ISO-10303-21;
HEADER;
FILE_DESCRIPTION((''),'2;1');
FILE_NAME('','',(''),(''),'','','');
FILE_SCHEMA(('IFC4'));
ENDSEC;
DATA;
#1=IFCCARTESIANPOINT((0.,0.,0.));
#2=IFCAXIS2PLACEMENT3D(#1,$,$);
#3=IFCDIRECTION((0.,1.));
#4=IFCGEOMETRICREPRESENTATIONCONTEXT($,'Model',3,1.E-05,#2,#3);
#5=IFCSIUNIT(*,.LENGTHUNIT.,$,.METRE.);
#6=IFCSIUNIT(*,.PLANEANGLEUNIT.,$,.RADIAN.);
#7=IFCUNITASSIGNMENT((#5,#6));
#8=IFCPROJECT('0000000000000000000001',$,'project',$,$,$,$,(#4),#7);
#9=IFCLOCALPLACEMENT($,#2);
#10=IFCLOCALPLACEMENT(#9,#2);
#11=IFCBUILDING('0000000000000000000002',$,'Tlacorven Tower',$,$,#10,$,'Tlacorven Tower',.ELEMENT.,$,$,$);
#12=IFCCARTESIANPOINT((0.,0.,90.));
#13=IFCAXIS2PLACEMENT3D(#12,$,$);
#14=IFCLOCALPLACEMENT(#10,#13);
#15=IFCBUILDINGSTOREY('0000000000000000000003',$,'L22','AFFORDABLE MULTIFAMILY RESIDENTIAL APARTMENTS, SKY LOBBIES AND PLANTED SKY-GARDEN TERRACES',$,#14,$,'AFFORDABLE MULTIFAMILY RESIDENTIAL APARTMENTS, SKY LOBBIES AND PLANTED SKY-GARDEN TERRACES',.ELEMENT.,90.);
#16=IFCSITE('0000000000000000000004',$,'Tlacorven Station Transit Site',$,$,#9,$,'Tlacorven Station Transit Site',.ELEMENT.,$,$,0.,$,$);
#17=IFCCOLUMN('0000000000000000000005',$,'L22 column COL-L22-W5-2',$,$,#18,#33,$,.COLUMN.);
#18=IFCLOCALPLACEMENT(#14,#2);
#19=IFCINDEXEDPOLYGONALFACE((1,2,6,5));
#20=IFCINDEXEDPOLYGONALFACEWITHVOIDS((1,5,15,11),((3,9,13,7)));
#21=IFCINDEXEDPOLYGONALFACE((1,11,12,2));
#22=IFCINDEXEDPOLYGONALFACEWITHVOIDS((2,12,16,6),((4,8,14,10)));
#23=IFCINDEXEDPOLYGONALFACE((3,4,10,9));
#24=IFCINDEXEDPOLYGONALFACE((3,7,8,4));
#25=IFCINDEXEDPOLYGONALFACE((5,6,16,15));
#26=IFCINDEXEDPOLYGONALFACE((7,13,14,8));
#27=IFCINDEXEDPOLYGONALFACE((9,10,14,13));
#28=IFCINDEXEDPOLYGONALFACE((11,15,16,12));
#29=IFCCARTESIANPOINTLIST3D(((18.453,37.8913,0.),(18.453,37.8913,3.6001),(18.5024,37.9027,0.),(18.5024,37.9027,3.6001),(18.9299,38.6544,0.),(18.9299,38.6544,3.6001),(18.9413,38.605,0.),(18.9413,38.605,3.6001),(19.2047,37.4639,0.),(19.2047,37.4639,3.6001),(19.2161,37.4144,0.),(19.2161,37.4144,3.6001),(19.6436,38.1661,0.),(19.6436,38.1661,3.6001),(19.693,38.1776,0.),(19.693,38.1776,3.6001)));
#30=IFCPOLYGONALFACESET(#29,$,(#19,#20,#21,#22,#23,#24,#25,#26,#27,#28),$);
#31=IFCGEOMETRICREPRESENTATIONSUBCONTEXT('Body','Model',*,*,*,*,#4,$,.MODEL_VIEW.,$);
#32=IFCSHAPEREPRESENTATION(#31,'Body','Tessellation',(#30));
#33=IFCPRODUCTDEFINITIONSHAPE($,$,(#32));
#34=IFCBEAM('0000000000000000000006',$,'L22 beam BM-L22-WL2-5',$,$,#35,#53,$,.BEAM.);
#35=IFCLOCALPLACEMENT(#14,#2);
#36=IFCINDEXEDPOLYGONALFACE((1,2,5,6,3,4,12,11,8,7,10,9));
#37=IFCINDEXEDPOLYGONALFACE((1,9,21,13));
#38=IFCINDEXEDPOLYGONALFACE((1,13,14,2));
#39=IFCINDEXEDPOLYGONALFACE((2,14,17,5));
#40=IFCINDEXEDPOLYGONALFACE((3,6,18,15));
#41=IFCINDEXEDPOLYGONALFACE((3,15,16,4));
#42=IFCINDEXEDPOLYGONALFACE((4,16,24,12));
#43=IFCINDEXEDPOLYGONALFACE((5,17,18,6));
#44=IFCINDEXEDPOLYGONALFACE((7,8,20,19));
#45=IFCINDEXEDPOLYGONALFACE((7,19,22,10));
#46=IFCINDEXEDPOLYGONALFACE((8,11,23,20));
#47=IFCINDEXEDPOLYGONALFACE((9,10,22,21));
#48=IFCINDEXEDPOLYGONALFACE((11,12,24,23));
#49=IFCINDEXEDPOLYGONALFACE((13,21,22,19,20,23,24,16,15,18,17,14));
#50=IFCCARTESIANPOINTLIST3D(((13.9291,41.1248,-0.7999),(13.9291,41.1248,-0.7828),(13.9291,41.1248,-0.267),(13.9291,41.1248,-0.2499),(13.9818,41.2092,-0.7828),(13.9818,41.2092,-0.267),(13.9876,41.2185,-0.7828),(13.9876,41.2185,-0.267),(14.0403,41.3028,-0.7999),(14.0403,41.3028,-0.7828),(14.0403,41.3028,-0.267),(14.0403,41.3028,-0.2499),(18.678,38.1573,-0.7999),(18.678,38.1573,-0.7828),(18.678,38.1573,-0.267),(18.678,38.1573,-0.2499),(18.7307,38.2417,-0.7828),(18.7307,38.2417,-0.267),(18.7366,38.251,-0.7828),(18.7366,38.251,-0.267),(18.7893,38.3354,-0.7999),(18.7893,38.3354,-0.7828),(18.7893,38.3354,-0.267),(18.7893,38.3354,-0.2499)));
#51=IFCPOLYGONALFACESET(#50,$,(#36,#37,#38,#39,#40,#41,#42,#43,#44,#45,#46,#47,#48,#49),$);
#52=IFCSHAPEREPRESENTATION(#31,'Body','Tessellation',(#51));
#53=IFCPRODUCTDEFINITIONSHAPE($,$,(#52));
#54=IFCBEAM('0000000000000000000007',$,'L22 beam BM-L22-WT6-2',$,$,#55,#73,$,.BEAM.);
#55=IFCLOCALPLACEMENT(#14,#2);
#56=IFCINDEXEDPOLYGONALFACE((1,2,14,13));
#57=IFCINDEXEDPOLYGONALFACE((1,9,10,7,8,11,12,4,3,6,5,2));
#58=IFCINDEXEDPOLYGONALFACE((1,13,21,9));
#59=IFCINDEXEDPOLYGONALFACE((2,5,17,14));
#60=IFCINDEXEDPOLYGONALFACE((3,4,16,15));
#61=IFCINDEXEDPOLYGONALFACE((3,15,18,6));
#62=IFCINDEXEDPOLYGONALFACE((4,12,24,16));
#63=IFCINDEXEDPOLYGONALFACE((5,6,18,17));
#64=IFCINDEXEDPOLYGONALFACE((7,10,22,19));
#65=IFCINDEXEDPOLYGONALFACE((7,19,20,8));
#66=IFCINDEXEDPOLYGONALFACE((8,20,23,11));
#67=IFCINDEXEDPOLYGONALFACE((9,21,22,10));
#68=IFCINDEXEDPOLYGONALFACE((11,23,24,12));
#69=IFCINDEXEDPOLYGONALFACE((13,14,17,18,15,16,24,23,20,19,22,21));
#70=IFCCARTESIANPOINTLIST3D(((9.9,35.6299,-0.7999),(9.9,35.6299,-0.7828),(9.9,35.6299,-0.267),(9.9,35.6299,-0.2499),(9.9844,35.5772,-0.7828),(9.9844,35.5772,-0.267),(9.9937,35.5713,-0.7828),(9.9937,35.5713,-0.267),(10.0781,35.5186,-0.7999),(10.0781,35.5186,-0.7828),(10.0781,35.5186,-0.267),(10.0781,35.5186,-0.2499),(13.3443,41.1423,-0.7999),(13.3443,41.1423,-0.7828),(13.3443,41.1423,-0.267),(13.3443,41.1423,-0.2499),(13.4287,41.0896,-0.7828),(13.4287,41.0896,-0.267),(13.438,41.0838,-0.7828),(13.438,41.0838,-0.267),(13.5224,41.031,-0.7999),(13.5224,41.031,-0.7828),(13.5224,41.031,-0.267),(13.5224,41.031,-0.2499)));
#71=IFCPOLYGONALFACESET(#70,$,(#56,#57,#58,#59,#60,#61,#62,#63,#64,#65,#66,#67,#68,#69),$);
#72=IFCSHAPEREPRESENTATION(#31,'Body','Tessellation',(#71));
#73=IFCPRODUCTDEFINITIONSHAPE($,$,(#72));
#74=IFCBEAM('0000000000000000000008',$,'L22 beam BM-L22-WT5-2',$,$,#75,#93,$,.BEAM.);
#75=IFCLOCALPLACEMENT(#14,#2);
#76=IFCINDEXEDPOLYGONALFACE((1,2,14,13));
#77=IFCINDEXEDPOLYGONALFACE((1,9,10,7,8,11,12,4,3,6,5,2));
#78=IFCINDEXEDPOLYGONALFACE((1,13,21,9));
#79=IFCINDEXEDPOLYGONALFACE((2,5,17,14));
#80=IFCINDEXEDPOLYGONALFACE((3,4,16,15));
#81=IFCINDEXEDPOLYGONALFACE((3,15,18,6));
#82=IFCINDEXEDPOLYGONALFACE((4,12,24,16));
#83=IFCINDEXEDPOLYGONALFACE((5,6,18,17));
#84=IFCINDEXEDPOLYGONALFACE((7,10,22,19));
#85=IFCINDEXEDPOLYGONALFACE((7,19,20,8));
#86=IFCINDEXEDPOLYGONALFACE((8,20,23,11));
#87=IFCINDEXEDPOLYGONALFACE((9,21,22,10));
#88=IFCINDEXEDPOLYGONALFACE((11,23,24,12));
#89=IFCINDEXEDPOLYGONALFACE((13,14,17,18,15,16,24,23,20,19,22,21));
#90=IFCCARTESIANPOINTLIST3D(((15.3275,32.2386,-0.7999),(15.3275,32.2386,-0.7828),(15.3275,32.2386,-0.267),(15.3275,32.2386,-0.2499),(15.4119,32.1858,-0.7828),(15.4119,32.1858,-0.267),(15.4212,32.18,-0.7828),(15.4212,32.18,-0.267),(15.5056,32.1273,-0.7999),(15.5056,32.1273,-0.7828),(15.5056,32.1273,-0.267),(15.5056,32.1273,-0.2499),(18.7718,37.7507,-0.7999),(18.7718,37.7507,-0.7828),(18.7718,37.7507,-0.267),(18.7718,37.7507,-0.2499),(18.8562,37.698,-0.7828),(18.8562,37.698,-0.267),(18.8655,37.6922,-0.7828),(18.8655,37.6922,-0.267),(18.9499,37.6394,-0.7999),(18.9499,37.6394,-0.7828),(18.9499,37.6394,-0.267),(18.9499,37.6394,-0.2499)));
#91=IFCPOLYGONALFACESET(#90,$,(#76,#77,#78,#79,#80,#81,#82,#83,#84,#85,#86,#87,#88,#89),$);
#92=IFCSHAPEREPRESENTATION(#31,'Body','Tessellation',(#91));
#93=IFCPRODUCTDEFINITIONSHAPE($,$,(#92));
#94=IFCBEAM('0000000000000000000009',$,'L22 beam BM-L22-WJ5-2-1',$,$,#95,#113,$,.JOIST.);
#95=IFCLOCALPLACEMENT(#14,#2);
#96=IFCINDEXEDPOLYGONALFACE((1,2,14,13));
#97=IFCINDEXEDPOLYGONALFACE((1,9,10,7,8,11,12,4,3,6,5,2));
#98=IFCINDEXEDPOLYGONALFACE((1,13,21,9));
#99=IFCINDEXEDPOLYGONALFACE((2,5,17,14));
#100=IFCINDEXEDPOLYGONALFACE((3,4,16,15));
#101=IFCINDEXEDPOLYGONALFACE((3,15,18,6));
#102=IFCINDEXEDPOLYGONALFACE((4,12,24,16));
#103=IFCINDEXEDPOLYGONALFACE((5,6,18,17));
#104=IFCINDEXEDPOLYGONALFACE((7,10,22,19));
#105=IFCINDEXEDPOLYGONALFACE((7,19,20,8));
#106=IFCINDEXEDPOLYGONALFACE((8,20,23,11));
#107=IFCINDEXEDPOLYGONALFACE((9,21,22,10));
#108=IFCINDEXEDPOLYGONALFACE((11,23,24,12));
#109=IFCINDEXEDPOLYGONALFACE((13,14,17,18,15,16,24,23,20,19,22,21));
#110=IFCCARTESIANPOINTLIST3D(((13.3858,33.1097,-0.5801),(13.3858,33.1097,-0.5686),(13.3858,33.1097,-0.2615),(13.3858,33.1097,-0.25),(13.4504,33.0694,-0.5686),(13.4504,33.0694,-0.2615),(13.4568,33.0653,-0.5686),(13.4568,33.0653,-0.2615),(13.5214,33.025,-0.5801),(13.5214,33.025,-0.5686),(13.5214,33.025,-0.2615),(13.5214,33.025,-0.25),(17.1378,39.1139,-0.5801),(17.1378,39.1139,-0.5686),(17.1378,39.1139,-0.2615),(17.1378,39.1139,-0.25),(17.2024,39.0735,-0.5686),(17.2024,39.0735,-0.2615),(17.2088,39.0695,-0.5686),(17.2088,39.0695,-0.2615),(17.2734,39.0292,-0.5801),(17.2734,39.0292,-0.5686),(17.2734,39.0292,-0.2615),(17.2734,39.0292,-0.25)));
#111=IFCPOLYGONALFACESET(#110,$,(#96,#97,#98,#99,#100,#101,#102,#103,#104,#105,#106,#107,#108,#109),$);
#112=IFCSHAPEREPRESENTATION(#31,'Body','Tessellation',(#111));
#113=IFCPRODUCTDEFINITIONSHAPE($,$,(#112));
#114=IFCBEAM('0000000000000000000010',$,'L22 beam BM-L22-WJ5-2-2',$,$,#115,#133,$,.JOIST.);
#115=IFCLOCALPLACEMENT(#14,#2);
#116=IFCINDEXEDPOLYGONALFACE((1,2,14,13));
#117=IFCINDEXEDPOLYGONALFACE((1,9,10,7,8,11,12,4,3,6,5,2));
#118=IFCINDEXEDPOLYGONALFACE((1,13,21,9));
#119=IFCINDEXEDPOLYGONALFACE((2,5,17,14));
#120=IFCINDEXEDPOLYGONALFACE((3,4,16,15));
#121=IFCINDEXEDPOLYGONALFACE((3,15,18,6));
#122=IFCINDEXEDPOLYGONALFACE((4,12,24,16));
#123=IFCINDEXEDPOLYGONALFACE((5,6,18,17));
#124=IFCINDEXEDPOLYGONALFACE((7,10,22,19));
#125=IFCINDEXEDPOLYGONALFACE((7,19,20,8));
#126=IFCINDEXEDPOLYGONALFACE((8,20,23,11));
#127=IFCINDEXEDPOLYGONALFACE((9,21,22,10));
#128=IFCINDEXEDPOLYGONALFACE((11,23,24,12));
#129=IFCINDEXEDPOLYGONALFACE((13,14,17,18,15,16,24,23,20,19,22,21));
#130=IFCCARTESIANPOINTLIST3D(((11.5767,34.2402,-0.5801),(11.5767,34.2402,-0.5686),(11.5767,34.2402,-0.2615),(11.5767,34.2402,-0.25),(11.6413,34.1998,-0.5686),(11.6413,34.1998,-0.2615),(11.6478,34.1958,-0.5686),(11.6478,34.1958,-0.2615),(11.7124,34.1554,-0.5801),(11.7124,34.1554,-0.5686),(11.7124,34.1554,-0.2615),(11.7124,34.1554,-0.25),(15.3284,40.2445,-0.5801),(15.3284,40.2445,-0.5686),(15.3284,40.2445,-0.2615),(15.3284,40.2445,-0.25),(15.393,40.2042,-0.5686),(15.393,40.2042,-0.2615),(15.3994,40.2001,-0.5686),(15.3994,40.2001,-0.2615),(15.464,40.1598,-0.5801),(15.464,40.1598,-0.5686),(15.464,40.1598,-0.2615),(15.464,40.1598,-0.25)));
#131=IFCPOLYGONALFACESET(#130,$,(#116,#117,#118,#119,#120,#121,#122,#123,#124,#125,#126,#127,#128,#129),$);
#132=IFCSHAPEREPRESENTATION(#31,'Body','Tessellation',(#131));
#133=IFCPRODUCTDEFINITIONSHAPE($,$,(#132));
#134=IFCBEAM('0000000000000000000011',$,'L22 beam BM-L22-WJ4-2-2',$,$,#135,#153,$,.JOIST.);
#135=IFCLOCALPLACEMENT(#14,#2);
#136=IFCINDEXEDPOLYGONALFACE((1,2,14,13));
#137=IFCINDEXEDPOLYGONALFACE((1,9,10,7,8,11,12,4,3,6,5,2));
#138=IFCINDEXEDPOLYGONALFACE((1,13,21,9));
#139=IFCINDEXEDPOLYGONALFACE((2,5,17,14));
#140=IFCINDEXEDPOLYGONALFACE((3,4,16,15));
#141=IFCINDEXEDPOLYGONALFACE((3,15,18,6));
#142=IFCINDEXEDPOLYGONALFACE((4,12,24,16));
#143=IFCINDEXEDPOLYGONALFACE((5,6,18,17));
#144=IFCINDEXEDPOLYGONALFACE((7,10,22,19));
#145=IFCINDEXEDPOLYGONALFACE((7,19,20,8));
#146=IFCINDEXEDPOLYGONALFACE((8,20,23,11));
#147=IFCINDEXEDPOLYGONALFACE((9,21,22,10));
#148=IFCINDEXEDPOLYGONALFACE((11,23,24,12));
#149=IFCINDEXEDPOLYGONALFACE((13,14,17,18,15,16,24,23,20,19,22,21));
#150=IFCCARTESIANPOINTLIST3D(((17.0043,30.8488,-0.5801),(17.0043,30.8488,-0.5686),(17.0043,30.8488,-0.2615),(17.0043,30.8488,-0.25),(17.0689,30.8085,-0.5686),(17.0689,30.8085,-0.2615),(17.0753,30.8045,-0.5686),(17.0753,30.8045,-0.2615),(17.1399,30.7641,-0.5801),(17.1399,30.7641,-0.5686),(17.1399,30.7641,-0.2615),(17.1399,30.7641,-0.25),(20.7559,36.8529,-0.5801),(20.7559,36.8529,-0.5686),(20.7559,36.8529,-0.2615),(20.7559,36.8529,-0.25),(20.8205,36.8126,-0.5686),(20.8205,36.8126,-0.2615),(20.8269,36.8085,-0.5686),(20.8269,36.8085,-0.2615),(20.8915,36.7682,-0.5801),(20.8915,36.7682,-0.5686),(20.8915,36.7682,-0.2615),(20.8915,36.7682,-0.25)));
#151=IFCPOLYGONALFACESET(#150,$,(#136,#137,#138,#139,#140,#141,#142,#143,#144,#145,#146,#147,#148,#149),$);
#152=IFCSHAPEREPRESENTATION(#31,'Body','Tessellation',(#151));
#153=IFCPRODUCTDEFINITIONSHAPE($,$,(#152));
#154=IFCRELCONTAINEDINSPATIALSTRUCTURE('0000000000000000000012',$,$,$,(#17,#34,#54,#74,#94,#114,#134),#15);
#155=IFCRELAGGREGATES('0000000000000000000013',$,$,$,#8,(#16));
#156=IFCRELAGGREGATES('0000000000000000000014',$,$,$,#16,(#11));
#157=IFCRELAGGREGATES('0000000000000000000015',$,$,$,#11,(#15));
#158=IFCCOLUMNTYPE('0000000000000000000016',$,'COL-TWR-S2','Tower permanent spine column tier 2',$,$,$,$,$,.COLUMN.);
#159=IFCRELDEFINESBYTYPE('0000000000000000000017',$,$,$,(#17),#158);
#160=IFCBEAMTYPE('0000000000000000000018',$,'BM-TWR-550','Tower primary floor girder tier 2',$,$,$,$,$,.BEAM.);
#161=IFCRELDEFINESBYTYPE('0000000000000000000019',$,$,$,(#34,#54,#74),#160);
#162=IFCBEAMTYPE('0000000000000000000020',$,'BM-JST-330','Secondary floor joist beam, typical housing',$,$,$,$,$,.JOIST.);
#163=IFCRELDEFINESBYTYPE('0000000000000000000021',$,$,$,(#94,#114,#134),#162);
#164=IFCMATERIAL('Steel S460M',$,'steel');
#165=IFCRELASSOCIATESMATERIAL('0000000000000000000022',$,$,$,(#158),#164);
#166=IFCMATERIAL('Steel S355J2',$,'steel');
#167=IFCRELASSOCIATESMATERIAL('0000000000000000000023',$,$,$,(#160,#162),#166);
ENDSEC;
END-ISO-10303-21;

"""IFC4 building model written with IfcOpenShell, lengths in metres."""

from ifc_helpers import new_model, si_unit, direction, frame, origin, origin_2d, place, context, subcontext, project, spatial, hollow_rectangle, i_section, extrude, source, transform, mapped, material, material_profile, profile_set, type_object, element, save


model = new_model("IFC4")

# Units and contexts
model_context = context("Model", 3, precision=1e-05, world=origin(), true_north=direction((0.0, 1.0)))
body_context = subcontext(model_context, "Body", "Model", "MODEL_VIEW")
ifc_project = project(units=[si_unit("LENGTHUNIT", "METRE"), si_unit("PLANEANGLEUNIT", "RADIAN")], contexts=[model_context])

# Site, building, storey
site_placement = place(None, origin())
site = spatial("IfcSite", under=ifc_project, at=site_placement, Name="Tlacorven Station Transit Site", LongName="Tlacorven Station Transit Site", CompositionType="ELEMENT", RefElevation=0.0)
building_placement = place(site_placement, origin())
building = spatial("IfcBuilding", under=site, at=building_placement, Name="Tlacorven Tower", LongName="Tlacorven Tower", CompositionType="ELEMENT")
storey_placement = place(building_placement, frame((0.0, 0.0, 90.0)))
storey = spatial("IfcBuildingStorey", under=building, at=storey_placement, Name="L22", Description="AFFORDABLE MULTIFAMILY RESIDENTIAL APARTMENTS, SKY LOBBIES AND PLANTED SKY-GARDEN TERRACES", LongName="AFFORDABLE MULTIFAMILY RESIDENTIAL APARTMENTS, SKY LOBBIES AND PLANTED SKY-GARDEN TERRACES", CompositionType="ELEMENT", Elevation=90.0)

# Column
ifc_material_1 = material(Name="Steel S460M", Category="steel")
ifc_material_profile_1 = material_profile(ifc_material_1, hollow_rectangle(XDim=0.8999, YDim=0.8999, WallThickness=0.0359, at=origin_2d()), Name="BOX 900X900X36")
ifc_profile_set_1 = profile_set([ifc_material_profile_1], Name="Steel S460M")
column_type = type_object("IfcColumnType", Name="COL-TWR-S2", Description="Tower permanent spine column tier 2", PredefinedType="COLUMN", material=ifc_profile_set_1)
shared_shape_1 = source(origin(), body_context, "Body", "SweptSolid", [
    extrude(hollow_rectangle(XDim=0.8999, YDim=0.8999, WallThickness=0.0359, at=origin_2d()), origin(), (0.0, 0.0, 1.0), 3.6001),
])
column_placement = place(storey_placement, frame((19.073, 38.0344, 0.0), z_axis=(0.0, 0.0, 1.0), x_axis=(-0.848048, 0.529919, 0.0)))
element("IfcColumn", 1, at=column_placement, inside=storey, type_object=column_type, Name="L22 column COL-L22-W5-2", PredefinedType="COLUMN", context=body_context, shape_type="MappedRepresentation", body=[
    mapped(shared_shape_1, transform((0.0, 0.0, 0.0), scale=1.0)),
])

# Beams
ifc_material_2 = material(Name="Steel S355J2", Category="steel")
ifc_material_profile_2 = material_profile(ifc_material_2, i_section(OverallWidth=0.21, OverallDepth=0.55, WebThickness=0.011, FlangeThickness=0.0171, at=origin_2d()), Name="IPE 550")
ifc_profile_set_2 = profile_set([ifc_material_profile_2], Name="Steel S355J2")
beam_type_1 = type_object("IfcBeamType", Name="BM-TWR-550", Description="Tower primary floor girder tier 2", PredefinedType="BEAM", material=ifc_profile_set_2)
shared_shape_2 = source(origin(), body_context, "Body", "SweptSolid", [
    extrude(i_section(OverallWidth=0.21, OverallDepth=0.55, WebThickness=0.011, FlangeThickness=0.0171, at=origin_2d()), origin(), (0.0, 0.0, 1.0), 5.5999),
])
beam_1_placement = place(storey_placement, frame((18.7336, 38.2463, -0.5249), z_axis=(-0.848047, 0.529921, 0.0), x_axis=(-0.529921, -0.848047, 0.0)))
element("IfcBeam", 2, at=beam_1_placement, inside=storey, type_object=beam_type_1, Name="L22 beam BM-L22-WL2-5", PredefinedType="BEAM", context=body_context, shape_type="MappedRepresentation", body=[
    mapped(shared_shape_2, transform((0.0, 0.0, 0.0), scale=1.0)),
])
shared_shape_3 = source(origin(), body_context, "Body", "SweptSolid", [
    extrude(i_section(OverallWidth=0.21, OverallDepth=0.55, WebThickness=0.011, FlangeThickness=0.0171, at=origin_2d()), origin(), (0.0, 0.0, 1.0), 6.5),
])
beam_2_placement = place(storey_placement, frame((13.4333, 41.0867, -0.5249), z_axis=(-0.529894, -0.848064, 0.0), x_axis=(0.848064, -0.529894, 0.0)))
element("IfcBeam", 3, at=beam_2_placement, inside=storey, type_object=beam_type_1, Name="L22 beam BM-L22-WT6-2", PredefinedType="BEAM", context=body_context, shape_type="MappedRepresentation", body=[
    mapped(shared_shape_3, transform((0.0, 0.0, 0.0), scale=1.0)),
])
shared_shape_4 = source(origin(), body_context, "Body", "SweptSolid", [
    extrude(i_section(OverallWidth=0.21, OverallDepth=0.55, WebThickness=0.011, FlangeThickness=0.0171, at=origin_2d()), origin(), (0.0, 0.0, 1.0), 6.4998),
])
beam_3_placement = place(storey_placement, frame((18.8608, 37.6951, -0.5249), z_axis=(-0.529911, -0.848053, 0.0), x_axis=(0.848053, -0.529911, 0.0)))
element("IfcBeam", 4, at=beam_3_placement, inside=storey, type_object=beam_type_1, Name="L22 beam BM-L22-WT5-2", PredefinedType="BEAM", context=body_context, shape_type="MappedRepresentation", body=[
    mapped(shared_shape_4, transform((0.0, 0.0, 0.0), scale=1.0)),
])
ifc_material_profile_3 = material_profile(ifc_material_2, i_section(OverallWidth=0.1599, OverallDepth=0.3301, WebThickness=0.0076, FlangeThickness=0.0115, at=origin_2d()), Name="IPE 330")
ifc_profile_set_3 = profile_set([ifc_material_profile_3], Name="Steel S355J2")
beam_type_2 = type_object("IfcBeamType", Name="BM-JST-330", Description="Secondary floor joist beam, typical housing", PredefinedType="JOIST", material=ifc_profile_set_3)
shared_shape_5 = source(origin(), body_context, "Body", "SweptSolid", [
    extrude(i_section(OverallWidth=0.1599, OverallDepth=0.3301, WebThickness=0.0076, FlangeThickness=0.0115, at=origin_2d()), origin(), (0.0, 0.0, 1.0), 7.0801),
])
for number, where, z_axis, x_axis, name in (
    (5, (17.2056, 39.0715, -0.415), (-0.529934, -0.848039, 0.0), (0.848039, -0.529934, 0.0), "L22 beam BM-L22-WJ5-2-1"),
    (6, (15.3962, 40.2021, -0.415), (-0.529894, -0.848064, 0.0), (0.848064, -0.529894, 0.0), "L22 beam BM-L22-WJ5-2-2"),
):
    element("IfcBeam", number, at=place(storey_placement, frame(where, z_axis=z_axis, x_axis=x_axis)), inside=storey, type_object=beam_type_2, Name=name, PredefinedType="JOIST", context=body_context, shape_type="MappedRepresentation", body=[
        mapped(shared_shape_5, transform((0.0, 0.0, 0.0), scale=1.0)),
    ])
shared_shape_6 = source(origin(), body_context, "Body", "SweptSolid", [
    extrude(i_section(OverallWidth=0.1599, OverallDepth=0.3301, WebThickness=0.0076, FlangeThickness=0.0115, at=origin_2d()), origin(), (0.0, 0.0, 1.0), 7.0798),
])
beam_4_placement = place(storey_placement, frame((20.8237, 36.8105, -0.415), z_axis=(-0.529909, -0.848054, 0.0), x_axis=(0.848054, -0.529909, 0.0)))
element("IfcBeam", 7, at=beam_4_placement, inside=storey, type_object=beam_type_2, Name="L22 beam BM-L22-WJ4-2-2", PredefinedType="JOIST", context=body_context, shape_type="MappedRepresentation", body=[
    mapped(shared_shape_6, transform((0.0, 0.0, 0.0), scale=1.0)),
])

save(model, "model.ifc")
